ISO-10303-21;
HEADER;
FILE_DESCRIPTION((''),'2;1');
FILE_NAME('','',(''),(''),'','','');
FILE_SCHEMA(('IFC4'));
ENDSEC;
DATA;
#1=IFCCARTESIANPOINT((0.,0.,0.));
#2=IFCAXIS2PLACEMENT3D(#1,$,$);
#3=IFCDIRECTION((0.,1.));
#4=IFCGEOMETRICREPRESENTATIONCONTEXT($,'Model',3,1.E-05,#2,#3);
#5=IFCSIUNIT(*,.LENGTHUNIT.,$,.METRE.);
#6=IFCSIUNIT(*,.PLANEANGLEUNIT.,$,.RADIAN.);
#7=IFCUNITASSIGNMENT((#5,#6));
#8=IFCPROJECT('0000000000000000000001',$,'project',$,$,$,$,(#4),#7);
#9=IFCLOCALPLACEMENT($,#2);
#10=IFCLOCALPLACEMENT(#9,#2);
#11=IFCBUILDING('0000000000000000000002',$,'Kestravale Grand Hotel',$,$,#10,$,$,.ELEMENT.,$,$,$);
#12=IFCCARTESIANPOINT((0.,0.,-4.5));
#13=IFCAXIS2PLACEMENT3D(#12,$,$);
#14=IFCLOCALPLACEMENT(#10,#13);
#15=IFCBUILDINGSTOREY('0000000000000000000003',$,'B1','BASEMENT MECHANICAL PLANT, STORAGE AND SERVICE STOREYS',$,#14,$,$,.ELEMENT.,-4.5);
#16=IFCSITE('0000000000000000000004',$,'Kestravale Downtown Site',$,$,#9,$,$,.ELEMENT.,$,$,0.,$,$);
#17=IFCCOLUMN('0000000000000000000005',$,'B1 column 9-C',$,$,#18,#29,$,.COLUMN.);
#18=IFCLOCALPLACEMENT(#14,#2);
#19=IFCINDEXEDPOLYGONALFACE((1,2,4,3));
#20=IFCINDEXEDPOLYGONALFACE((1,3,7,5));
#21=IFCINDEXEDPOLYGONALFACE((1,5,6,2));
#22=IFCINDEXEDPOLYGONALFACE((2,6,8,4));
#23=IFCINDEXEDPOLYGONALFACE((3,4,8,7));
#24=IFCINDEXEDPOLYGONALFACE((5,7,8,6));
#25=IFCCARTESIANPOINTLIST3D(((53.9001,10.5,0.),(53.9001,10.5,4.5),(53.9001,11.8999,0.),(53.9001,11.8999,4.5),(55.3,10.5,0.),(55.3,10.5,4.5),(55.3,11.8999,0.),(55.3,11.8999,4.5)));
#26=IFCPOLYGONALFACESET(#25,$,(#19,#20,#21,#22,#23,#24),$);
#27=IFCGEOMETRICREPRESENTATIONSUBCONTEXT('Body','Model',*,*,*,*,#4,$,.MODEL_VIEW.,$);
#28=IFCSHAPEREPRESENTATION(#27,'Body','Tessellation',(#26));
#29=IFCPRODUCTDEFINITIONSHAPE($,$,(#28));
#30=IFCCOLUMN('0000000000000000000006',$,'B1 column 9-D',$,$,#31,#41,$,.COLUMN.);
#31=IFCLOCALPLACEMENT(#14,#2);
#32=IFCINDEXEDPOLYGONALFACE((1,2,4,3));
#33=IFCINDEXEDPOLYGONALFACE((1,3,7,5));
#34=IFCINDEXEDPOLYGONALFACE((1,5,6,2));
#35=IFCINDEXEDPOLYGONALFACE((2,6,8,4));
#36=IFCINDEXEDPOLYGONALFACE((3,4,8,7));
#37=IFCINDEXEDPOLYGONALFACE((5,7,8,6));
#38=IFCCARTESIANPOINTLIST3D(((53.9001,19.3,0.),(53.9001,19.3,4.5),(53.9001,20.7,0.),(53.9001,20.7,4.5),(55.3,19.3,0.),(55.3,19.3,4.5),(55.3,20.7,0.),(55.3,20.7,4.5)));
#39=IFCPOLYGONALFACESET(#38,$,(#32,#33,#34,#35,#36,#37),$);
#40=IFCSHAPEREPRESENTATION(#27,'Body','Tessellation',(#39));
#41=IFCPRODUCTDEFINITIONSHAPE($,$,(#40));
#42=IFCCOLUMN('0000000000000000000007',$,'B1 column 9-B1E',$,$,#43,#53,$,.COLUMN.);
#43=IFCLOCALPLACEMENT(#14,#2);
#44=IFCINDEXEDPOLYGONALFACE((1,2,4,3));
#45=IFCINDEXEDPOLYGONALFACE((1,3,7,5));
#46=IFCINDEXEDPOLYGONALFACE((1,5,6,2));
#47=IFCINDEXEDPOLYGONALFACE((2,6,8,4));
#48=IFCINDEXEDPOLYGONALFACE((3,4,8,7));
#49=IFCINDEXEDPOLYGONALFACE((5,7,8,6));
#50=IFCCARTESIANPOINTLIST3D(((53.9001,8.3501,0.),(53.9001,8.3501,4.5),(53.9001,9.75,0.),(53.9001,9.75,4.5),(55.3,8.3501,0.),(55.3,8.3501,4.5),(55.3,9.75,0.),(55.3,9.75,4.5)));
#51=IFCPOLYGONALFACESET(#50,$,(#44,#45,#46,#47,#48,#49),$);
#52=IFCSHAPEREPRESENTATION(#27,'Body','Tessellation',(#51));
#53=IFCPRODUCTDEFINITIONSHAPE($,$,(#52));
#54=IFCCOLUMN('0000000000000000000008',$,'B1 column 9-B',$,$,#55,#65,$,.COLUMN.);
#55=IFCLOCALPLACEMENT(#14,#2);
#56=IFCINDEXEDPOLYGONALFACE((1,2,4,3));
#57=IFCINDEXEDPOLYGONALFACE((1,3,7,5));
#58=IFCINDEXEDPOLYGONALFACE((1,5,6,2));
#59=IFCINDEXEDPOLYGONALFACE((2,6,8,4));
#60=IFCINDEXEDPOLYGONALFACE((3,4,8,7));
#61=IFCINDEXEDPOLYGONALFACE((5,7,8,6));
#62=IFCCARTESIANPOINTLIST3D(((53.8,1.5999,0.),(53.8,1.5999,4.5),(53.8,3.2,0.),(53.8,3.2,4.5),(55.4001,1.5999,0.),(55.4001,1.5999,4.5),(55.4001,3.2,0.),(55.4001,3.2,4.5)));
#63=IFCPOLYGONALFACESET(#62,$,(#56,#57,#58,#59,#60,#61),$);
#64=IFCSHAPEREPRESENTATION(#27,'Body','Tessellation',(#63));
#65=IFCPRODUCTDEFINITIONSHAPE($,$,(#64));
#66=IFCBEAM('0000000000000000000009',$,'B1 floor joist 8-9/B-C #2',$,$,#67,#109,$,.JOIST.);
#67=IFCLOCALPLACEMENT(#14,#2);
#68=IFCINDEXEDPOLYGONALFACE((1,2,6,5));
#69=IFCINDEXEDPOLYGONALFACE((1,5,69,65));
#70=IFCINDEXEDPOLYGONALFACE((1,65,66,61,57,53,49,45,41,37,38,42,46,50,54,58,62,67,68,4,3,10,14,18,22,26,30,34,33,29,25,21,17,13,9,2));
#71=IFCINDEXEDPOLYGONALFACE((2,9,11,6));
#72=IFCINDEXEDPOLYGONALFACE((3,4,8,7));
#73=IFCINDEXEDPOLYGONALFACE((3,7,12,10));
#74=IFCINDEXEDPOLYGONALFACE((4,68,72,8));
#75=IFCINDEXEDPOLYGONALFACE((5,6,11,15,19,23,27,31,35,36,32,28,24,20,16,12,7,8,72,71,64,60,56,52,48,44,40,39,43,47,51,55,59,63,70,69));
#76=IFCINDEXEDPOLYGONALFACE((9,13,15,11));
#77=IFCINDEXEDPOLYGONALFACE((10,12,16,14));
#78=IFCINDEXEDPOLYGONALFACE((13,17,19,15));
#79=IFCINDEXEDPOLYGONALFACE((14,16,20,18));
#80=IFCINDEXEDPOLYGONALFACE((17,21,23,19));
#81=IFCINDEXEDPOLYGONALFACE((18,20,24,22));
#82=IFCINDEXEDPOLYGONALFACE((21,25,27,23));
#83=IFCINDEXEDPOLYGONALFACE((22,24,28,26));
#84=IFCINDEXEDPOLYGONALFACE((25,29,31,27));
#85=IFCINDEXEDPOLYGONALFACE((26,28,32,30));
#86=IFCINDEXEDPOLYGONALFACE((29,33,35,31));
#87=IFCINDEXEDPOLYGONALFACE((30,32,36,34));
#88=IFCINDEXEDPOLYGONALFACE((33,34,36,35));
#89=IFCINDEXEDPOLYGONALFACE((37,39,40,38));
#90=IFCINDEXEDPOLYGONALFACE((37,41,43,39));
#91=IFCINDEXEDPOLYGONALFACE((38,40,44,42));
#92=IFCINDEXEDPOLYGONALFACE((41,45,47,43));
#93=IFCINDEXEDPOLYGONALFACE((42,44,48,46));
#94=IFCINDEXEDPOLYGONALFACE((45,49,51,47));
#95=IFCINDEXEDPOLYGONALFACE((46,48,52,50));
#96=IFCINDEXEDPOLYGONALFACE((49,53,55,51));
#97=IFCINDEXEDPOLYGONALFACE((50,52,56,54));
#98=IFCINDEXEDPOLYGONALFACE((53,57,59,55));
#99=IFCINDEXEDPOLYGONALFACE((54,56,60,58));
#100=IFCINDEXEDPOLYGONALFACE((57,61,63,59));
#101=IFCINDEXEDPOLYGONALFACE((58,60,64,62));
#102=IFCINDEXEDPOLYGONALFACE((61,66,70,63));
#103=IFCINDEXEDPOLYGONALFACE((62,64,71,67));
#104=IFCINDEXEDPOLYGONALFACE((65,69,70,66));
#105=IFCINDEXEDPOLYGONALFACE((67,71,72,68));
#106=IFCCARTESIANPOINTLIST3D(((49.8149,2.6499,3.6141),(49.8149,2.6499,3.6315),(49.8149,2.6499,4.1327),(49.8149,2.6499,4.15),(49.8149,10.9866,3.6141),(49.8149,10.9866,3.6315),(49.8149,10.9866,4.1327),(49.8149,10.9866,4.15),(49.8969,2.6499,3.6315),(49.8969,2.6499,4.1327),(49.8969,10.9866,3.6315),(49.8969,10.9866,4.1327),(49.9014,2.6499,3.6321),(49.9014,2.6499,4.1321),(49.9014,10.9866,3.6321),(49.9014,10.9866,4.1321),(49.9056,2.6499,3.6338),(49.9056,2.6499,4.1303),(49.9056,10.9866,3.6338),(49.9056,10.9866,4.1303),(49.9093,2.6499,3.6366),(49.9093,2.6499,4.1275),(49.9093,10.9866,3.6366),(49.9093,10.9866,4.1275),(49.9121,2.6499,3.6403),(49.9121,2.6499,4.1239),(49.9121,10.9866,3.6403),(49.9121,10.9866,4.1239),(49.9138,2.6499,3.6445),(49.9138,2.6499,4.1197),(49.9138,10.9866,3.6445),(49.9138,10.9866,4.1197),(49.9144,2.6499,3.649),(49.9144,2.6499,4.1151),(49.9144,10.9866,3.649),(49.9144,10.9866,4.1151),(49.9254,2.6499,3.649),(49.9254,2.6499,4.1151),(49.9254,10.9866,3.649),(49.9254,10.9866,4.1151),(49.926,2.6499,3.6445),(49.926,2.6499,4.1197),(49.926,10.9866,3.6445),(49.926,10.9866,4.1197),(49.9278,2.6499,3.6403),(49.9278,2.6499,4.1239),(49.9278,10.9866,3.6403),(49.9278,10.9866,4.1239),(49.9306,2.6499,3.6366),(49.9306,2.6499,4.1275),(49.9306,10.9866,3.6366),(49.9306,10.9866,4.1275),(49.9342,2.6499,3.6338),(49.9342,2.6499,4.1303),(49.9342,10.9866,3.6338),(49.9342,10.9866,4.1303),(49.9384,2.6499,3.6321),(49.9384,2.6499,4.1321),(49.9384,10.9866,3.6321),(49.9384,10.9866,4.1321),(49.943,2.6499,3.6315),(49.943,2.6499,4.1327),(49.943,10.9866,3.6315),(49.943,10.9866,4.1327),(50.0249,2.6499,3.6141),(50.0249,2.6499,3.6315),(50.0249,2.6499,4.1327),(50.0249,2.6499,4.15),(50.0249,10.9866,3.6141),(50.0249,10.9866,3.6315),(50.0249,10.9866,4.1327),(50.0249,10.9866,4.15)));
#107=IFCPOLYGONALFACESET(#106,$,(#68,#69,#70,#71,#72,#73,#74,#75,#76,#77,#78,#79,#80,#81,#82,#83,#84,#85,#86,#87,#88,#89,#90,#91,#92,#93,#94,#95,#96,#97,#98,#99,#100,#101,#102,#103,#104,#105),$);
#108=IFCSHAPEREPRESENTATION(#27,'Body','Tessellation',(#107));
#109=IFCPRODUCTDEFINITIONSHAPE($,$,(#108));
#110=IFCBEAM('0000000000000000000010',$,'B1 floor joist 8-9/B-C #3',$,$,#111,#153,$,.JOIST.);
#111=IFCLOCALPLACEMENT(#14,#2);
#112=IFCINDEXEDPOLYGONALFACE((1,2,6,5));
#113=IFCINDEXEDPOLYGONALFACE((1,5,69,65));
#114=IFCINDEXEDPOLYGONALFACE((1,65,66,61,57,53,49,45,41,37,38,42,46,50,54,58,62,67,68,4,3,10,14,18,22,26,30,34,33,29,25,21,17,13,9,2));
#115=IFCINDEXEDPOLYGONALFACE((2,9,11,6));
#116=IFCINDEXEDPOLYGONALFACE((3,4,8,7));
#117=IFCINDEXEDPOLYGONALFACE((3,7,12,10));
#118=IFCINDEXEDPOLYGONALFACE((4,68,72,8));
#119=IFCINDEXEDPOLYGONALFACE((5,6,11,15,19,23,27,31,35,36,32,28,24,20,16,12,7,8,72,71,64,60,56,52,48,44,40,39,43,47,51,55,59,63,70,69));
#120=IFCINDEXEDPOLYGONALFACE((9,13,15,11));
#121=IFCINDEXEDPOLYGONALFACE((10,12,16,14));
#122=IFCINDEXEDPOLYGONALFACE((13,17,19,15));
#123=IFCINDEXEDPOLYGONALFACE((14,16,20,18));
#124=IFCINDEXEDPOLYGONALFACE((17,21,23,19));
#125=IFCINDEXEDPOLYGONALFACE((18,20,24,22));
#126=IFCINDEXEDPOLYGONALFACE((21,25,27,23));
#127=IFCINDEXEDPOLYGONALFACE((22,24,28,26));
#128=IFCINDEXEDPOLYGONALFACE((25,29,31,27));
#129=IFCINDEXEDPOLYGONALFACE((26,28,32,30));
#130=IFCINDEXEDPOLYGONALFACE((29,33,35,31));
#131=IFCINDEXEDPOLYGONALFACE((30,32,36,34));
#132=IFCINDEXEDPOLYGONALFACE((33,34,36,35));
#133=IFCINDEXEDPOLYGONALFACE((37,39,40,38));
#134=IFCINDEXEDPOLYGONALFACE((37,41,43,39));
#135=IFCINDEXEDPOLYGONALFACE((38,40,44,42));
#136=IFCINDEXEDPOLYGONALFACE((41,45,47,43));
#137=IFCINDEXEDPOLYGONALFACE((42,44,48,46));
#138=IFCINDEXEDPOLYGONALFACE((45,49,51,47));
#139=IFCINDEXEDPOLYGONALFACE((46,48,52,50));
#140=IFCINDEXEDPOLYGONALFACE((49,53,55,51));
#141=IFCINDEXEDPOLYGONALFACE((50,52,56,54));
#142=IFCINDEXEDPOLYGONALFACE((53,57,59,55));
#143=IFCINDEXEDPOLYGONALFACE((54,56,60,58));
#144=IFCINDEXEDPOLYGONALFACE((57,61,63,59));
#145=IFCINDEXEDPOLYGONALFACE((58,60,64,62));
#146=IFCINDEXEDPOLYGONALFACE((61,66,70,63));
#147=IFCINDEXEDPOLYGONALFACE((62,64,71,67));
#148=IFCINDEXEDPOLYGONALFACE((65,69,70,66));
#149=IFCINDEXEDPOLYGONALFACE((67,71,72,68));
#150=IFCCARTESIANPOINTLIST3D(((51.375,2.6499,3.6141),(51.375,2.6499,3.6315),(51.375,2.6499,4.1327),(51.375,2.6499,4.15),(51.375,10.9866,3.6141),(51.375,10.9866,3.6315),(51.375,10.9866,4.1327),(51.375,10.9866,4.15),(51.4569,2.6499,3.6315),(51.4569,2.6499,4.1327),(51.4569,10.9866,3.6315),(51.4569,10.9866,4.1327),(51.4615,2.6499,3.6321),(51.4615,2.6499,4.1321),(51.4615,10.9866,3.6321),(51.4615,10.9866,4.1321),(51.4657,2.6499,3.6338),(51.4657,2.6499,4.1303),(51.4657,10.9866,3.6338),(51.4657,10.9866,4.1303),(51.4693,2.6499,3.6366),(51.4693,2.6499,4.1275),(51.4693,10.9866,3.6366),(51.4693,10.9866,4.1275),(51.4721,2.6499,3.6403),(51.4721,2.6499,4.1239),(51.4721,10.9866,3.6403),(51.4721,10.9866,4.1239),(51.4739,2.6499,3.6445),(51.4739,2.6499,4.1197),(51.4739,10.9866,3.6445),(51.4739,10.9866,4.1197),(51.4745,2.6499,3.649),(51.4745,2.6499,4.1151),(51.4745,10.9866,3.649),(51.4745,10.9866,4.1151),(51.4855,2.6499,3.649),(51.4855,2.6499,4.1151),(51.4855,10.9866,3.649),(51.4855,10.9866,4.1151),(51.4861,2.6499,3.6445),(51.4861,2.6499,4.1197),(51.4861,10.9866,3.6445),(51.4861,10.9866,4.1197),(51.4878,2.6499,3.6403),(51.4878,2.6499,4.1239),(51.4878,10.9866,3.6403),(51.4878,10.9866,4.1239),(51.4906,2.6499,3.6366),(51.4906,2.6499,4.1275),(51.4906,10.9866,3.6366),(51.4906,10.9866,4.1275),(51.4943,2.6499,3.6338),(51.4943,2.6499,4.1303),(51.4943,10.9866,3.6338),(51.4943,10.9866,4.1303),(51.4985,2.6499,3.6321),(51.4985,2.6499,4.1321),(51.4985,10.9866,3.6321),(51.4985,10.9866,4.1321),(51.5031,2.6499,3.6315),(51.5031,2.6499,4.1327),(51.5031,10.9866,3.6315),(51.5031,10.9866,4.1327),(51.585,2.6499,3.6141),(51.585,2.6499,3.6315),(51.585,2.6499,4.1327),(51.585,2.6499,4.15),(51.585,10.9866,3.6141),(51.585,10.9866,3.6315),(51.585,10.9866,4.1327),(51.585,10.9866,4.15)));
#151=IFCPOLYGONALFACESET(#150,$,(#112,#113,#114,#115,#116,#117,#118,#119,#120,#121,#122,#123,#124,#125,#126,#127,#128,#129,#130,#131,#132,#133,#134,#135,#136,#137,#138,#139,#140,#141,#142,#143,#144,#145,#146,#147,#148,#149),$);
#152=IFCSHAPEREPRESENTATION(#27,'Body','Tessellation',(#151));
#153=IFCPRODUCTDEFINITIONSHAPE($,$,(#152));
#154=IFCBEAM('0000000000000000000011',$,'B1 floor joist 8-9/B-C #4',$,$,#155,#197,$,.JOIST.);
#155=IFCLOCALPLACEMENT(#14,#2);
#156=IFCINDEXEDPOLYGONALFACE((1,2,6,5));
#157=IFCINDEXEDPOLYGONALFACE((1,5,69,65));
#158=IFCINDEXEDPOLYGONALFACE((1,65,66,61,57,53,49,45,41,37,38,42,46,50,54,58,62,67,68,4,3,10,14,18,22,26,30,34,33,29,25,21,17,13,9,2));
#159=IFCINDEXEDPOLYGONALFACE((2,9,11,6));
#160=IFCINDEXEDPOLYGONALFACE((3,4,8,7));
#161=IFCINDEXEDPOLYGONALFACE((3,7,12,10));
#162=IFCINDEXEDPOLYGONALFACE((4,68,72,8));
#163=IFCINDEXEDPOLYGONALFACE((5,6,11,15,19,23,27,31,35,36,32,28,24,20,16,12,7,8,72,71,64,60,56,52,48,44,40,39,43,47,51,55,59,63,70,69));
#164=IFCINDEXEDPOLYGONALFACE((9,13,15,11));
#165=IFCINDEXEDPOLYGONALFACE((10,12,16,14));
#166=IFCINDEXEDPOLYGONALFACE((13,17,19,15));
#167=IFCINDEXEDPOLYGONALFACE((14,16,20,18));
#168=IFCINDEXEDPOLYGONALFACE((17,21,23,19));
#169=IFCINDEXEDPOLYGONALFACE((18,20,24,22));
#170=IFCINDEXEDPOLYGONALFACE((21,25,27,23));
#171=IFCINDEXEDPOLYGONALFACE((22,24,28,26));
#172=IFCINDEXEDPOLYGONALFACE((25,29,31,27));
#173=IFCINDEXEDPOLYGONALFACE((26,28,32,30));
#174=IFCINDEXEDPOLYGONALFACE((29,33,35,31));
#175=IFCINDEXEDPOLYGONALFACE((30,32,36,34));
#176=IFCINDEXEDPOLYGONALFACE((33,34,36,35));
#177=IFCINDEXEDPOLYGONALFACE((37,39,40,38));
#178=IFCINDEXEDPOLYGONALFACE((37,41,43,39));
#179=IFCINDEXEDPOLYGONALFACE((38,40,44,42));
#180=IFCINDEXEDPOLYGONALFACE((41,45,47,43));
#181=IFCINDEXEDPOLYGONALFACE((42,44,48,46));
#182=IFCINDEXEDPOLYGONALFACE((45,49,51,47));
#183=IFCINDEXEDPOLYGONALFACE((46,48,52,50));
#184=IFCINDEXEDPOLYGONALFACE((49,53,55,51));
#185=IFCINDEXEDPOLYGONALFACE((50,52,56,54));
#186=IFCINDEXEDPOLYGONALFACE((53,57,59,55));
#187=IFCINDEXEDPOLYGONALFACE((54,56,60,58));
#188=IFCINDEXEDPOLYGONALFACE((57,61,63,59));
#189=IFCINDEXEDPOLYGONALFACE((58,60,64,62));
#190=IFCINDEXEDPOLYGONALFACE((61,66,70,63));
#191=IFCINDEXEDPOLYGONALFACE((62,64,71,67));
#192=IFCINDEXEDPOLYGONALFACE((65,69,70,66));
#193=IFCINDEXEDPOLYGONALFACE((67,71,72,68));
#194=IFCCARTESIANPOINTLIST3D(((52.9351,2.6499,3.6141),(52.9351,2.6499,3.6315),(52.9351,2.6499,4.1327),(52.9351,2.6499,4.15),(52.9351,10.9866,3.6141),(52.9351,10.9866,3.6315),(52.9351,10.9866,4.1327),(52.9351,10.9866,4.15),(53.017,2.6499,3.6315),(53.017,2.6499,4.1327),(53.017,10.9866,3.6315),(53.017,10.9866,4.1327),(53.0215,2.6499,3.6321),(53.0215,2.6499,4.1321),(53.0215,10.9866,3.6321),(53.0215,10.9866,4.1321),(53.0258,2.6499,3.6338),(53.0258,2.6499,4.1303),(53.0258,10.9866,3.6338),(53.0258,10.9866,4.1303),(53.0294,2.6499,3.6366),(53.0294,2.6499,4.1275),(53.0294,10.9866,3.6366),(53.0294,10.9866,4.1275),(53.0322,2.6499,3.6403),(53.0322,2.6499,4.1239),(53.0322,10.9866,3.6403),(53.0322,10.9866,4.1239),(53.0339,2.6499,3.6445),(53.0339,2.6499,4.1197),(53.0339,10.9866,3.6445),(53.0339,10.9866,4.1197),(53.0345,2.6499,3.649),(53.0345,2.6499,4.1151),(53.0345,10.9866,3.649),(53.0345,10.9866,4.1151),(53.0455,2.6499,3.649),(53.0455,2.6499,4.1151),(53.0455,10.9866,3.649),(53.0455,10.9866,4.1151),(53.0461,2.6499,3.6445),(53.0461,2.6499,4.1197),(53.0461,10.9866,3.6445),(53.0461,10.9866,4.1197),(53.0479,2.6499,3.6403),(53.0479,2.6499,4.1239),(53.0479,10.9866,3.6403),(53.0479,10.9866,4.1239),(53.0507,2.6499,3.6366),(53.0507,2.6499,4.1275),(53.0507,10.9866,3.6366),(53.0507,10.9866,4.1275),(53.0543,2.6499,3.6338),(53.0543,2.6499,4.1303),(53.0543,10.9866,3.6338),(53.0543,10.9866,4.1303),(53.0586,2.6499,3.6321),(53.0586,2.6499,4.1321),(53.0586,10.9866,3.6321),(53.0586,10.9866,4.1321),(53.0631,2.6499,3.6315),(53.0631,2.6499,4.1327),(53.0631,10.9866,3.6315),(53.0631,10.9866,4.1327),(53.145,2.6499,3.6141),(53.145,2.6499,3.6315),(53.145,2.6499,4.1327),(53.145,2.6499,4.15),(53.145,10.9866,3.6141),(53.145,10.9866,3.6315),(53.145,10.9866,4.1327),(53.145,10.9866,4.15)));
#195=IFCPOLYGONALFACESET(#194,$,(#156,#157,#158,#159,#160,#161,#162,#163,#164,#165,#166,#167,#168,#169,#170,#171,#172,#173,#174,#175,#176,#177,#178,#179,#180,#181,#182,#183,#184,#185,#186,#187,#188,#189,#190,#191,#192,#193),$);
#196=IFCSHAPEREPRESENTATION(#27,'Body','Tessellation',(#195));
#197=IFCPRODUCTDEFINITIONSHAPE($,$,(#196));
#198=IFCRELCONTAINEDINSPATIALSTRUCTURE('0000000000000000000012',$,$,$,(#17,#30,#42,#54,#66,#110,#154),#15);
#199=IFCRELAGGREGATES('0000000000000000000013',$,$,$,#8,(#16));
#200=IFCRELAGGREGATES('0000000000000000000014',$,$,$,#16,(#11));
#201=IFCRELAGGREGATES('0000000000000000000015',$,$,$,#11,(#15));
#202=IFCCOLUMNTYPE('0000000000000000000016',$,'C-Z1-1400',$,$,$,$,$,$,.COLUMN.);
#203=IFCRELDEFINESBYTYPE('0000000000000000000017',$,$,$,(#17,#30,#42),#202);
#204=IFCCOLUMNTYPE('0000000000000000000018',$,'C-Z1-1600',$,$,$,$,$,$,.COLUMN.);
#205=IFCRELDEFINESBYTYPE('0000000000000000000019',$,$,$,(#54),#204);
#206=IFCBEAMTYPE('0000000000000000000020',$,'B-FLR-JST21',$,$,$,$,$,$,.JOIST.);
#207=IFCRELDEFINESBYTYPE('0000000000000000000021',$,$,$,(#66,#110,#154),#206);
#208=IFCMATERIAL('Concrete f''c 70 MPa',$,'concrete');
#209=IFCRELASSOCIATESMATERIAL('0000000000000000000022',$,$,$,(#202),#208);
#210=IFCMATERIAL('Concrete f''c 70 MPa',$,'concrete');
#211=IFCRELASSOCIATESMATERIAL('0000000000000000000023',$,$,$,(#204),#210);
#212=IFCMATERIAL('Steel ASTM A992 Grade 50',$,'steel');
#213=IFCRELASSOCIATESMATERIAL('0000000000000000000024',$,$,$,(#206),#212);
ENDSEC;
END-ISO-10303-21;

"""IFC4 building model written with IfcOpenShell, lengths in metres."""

from ifc_helpers import new_model, si_unit, direction, frame, origin, origin_2d, place, context, subcontext, project, spatial, rectangle, i_section, extrude, material, material_profile, profile_set, type_object, element, save


model = new_model("IFC4")

# Units and contexts
model_context = context("Model", 3, precision=1e-05, world=origin(), true_north=direction((0.0, 1.0)))
body_context = subcontext(model_context, "Body", "Model", "MODEL_VIEW")
ifc_project = project(units=[si_unit("LENGTHUNIT", "METRE"), si_unit("PLANEANGLEUNIT", "RADIAN")], contexts=[model_context])

# Site, building, storey
site_placement = place(None, origin())
site = spatial("IfcSite", under=ifc_project, at=site_placement, Name="Kestravale Downtown Site", CompositionType="ELEMENT", RefElevation=0.0)
building_placement = place(site_placement, origin())
building = spatial("IfcBuilding", under=site, at=building_placement, Name="Kestravale Grand Hotel", CompositionType="ELEMENT")
storey_placement = place(building_placement, frame((0.0, 0.0, -4.5)))
storey = spatial("IfcBuildingStorey", under=building, at=storey_placement, Name="B1", Description="BASEMENT MECHANICAL PLANT, STORAGE AND SERVICE STOREYS", CompositionType="ELEMENT", Elevation=-4.5)

# Columns
ifc_material_1 = material(Name="Concrete f'c 70 MPa", Category="concrete")
ifc_material_profile_1 = material_profile(ifc_material_1, rectangle(XDim=1.3999, YDim=1.3999, at=origin_2d()))
ifc_profile_set_1 = profile_set([ifc_material_profile_1], Name="Concrete f'c 70 MPa")
column_type_1 = type_object("IfcColumnType", Name="C-Z1-1400", PredefinedType="COLUMN", material=ifc_profile_set_1)
for number, where, z_axis, x_axis, name in (
    (1, (54.6001, 11.2, 0.0), (0.0, 0.0, 1.0), (1.0, 0.0, 0.0), "B1 column 9-C"),
    (2, (54.6001, 20.0, 0.0), (0.0, 0.0, 1.0), (1.0, 0.0, 0.0), "B1 column 9-D"),
    (3, (54.6001, 9.05, 0.0), (0.0, 0.0, 1.0), (1.0, 0.0, 0.0), "B1 column 9-B1E"),
):
    element("IfcColumn", number, at=place(storey_placement, frame(where, z_axis=z_axis, x_axis=x_axis)), inside=storey, type_object=column_type_1, Name=name, PredefinedType="COLUMN", context=body_context, shape_type="SweptSolid", body=[
        extrude(rectangle(XDim=1.3999, YDim=1.3999, at=origin_2d()), origin(), (0.0, 0.0, 1.0), 4.5),
    ])
ifc_material_2 = material(Name="Concrete f'c 70 MPa", Category="concrete")
ifc_material_profile_2 = material_profile(ifc_material_2, rectangle(XDim=1.6001, YDim=1.6001, at=origin_2d()))
ifc_profile_set_2 = profile_set([ifc_material_profile_2], Name="Concrete f'c 70 MPa")
column_type_2 = type_object("IfcColumnType", Name="C-Z1-1600", PredefinedType="COLUMN", material=ifc_profile_set_2)
column_placement = place(storey_placement, frame((54.6001, 2.3999, 0.0), z_axis=(0.0, 0.0, 1.0), x_axis=(1.0, 0.0, 0.0)))
element("IfcColumn", 4, at=column_placement, inside=storey, type_object=column_type_2, Name="B1 column 9-B", PredefinedType="COLUMN", context=body_context, shape_type="SweptSolid", body=[
    extrude(rectangle(XDim=1.6001, YDim=1.6001, at=origin_2d()), origin(), (0.0, 0.0, 1.0), 4.5),
])

# Beams
ifc_material_3 = material(Name="Steel ASTM A992 Grade 50", Category="steel")
ifc_material_profile_3 = material_profile(ifc_material_3, i_section(OverallWidth=0.21, OverallDepth=0.5359, WebThickness=0.011, FlangeThickness=0.0173, FilletRadius=0.0176, at=origin_2d()))
ifc_profile_set_3 = profile_set([ifc_material_profile_3], Name="Steel ASTM A992 Grade 50")
beam_type_1 = type_object("IfcBeamType", Name="B-FLR-JST21", PredefinedType="JOIST", material=ifc_profile_set_3)
for number, where, z_axis, x_axis, name in (
    (5, (49.9199, 2.6499, 3.8821), (0.0, 1.0, 0.0), (-1.0, 0.0, 0.0), "B1 floor joist 8-9/B-C #2"),
    (6, (51.48, 2.6499, 3.8821), (0.0, 1.0, 0.0), (-1.0, 0.0, 0.0), "B1 floor joist 8-9/B-C #3"),
    (7, (53.04, 2.6499, 3.8821), (0.0, 1.0, 0.0), (-1.0, 0.0, 0.0), "B1 floor joist 8-9/B-C #4"),
):
    element("IfcBeam", number, at=place(storey_placement, frame(where, z_axis=z_axis, x_axis=x_axis)), inside=storey, type_object=beam_type_1, Name=name, PredefinedType="JOIST", context=body_context, shape_type="SweptSolid", body=[
        extrude(i_section(OverallWidth=0.21, OverallDepth=0.5359, WebThickness=0.011, FlangeThickness=0.0173, FilletRadius=0.0176, at=origin_2d()), origin(), (0.0, 0.0, 1.0), 8.3367),
    ])

save(model, "model.ifc")
